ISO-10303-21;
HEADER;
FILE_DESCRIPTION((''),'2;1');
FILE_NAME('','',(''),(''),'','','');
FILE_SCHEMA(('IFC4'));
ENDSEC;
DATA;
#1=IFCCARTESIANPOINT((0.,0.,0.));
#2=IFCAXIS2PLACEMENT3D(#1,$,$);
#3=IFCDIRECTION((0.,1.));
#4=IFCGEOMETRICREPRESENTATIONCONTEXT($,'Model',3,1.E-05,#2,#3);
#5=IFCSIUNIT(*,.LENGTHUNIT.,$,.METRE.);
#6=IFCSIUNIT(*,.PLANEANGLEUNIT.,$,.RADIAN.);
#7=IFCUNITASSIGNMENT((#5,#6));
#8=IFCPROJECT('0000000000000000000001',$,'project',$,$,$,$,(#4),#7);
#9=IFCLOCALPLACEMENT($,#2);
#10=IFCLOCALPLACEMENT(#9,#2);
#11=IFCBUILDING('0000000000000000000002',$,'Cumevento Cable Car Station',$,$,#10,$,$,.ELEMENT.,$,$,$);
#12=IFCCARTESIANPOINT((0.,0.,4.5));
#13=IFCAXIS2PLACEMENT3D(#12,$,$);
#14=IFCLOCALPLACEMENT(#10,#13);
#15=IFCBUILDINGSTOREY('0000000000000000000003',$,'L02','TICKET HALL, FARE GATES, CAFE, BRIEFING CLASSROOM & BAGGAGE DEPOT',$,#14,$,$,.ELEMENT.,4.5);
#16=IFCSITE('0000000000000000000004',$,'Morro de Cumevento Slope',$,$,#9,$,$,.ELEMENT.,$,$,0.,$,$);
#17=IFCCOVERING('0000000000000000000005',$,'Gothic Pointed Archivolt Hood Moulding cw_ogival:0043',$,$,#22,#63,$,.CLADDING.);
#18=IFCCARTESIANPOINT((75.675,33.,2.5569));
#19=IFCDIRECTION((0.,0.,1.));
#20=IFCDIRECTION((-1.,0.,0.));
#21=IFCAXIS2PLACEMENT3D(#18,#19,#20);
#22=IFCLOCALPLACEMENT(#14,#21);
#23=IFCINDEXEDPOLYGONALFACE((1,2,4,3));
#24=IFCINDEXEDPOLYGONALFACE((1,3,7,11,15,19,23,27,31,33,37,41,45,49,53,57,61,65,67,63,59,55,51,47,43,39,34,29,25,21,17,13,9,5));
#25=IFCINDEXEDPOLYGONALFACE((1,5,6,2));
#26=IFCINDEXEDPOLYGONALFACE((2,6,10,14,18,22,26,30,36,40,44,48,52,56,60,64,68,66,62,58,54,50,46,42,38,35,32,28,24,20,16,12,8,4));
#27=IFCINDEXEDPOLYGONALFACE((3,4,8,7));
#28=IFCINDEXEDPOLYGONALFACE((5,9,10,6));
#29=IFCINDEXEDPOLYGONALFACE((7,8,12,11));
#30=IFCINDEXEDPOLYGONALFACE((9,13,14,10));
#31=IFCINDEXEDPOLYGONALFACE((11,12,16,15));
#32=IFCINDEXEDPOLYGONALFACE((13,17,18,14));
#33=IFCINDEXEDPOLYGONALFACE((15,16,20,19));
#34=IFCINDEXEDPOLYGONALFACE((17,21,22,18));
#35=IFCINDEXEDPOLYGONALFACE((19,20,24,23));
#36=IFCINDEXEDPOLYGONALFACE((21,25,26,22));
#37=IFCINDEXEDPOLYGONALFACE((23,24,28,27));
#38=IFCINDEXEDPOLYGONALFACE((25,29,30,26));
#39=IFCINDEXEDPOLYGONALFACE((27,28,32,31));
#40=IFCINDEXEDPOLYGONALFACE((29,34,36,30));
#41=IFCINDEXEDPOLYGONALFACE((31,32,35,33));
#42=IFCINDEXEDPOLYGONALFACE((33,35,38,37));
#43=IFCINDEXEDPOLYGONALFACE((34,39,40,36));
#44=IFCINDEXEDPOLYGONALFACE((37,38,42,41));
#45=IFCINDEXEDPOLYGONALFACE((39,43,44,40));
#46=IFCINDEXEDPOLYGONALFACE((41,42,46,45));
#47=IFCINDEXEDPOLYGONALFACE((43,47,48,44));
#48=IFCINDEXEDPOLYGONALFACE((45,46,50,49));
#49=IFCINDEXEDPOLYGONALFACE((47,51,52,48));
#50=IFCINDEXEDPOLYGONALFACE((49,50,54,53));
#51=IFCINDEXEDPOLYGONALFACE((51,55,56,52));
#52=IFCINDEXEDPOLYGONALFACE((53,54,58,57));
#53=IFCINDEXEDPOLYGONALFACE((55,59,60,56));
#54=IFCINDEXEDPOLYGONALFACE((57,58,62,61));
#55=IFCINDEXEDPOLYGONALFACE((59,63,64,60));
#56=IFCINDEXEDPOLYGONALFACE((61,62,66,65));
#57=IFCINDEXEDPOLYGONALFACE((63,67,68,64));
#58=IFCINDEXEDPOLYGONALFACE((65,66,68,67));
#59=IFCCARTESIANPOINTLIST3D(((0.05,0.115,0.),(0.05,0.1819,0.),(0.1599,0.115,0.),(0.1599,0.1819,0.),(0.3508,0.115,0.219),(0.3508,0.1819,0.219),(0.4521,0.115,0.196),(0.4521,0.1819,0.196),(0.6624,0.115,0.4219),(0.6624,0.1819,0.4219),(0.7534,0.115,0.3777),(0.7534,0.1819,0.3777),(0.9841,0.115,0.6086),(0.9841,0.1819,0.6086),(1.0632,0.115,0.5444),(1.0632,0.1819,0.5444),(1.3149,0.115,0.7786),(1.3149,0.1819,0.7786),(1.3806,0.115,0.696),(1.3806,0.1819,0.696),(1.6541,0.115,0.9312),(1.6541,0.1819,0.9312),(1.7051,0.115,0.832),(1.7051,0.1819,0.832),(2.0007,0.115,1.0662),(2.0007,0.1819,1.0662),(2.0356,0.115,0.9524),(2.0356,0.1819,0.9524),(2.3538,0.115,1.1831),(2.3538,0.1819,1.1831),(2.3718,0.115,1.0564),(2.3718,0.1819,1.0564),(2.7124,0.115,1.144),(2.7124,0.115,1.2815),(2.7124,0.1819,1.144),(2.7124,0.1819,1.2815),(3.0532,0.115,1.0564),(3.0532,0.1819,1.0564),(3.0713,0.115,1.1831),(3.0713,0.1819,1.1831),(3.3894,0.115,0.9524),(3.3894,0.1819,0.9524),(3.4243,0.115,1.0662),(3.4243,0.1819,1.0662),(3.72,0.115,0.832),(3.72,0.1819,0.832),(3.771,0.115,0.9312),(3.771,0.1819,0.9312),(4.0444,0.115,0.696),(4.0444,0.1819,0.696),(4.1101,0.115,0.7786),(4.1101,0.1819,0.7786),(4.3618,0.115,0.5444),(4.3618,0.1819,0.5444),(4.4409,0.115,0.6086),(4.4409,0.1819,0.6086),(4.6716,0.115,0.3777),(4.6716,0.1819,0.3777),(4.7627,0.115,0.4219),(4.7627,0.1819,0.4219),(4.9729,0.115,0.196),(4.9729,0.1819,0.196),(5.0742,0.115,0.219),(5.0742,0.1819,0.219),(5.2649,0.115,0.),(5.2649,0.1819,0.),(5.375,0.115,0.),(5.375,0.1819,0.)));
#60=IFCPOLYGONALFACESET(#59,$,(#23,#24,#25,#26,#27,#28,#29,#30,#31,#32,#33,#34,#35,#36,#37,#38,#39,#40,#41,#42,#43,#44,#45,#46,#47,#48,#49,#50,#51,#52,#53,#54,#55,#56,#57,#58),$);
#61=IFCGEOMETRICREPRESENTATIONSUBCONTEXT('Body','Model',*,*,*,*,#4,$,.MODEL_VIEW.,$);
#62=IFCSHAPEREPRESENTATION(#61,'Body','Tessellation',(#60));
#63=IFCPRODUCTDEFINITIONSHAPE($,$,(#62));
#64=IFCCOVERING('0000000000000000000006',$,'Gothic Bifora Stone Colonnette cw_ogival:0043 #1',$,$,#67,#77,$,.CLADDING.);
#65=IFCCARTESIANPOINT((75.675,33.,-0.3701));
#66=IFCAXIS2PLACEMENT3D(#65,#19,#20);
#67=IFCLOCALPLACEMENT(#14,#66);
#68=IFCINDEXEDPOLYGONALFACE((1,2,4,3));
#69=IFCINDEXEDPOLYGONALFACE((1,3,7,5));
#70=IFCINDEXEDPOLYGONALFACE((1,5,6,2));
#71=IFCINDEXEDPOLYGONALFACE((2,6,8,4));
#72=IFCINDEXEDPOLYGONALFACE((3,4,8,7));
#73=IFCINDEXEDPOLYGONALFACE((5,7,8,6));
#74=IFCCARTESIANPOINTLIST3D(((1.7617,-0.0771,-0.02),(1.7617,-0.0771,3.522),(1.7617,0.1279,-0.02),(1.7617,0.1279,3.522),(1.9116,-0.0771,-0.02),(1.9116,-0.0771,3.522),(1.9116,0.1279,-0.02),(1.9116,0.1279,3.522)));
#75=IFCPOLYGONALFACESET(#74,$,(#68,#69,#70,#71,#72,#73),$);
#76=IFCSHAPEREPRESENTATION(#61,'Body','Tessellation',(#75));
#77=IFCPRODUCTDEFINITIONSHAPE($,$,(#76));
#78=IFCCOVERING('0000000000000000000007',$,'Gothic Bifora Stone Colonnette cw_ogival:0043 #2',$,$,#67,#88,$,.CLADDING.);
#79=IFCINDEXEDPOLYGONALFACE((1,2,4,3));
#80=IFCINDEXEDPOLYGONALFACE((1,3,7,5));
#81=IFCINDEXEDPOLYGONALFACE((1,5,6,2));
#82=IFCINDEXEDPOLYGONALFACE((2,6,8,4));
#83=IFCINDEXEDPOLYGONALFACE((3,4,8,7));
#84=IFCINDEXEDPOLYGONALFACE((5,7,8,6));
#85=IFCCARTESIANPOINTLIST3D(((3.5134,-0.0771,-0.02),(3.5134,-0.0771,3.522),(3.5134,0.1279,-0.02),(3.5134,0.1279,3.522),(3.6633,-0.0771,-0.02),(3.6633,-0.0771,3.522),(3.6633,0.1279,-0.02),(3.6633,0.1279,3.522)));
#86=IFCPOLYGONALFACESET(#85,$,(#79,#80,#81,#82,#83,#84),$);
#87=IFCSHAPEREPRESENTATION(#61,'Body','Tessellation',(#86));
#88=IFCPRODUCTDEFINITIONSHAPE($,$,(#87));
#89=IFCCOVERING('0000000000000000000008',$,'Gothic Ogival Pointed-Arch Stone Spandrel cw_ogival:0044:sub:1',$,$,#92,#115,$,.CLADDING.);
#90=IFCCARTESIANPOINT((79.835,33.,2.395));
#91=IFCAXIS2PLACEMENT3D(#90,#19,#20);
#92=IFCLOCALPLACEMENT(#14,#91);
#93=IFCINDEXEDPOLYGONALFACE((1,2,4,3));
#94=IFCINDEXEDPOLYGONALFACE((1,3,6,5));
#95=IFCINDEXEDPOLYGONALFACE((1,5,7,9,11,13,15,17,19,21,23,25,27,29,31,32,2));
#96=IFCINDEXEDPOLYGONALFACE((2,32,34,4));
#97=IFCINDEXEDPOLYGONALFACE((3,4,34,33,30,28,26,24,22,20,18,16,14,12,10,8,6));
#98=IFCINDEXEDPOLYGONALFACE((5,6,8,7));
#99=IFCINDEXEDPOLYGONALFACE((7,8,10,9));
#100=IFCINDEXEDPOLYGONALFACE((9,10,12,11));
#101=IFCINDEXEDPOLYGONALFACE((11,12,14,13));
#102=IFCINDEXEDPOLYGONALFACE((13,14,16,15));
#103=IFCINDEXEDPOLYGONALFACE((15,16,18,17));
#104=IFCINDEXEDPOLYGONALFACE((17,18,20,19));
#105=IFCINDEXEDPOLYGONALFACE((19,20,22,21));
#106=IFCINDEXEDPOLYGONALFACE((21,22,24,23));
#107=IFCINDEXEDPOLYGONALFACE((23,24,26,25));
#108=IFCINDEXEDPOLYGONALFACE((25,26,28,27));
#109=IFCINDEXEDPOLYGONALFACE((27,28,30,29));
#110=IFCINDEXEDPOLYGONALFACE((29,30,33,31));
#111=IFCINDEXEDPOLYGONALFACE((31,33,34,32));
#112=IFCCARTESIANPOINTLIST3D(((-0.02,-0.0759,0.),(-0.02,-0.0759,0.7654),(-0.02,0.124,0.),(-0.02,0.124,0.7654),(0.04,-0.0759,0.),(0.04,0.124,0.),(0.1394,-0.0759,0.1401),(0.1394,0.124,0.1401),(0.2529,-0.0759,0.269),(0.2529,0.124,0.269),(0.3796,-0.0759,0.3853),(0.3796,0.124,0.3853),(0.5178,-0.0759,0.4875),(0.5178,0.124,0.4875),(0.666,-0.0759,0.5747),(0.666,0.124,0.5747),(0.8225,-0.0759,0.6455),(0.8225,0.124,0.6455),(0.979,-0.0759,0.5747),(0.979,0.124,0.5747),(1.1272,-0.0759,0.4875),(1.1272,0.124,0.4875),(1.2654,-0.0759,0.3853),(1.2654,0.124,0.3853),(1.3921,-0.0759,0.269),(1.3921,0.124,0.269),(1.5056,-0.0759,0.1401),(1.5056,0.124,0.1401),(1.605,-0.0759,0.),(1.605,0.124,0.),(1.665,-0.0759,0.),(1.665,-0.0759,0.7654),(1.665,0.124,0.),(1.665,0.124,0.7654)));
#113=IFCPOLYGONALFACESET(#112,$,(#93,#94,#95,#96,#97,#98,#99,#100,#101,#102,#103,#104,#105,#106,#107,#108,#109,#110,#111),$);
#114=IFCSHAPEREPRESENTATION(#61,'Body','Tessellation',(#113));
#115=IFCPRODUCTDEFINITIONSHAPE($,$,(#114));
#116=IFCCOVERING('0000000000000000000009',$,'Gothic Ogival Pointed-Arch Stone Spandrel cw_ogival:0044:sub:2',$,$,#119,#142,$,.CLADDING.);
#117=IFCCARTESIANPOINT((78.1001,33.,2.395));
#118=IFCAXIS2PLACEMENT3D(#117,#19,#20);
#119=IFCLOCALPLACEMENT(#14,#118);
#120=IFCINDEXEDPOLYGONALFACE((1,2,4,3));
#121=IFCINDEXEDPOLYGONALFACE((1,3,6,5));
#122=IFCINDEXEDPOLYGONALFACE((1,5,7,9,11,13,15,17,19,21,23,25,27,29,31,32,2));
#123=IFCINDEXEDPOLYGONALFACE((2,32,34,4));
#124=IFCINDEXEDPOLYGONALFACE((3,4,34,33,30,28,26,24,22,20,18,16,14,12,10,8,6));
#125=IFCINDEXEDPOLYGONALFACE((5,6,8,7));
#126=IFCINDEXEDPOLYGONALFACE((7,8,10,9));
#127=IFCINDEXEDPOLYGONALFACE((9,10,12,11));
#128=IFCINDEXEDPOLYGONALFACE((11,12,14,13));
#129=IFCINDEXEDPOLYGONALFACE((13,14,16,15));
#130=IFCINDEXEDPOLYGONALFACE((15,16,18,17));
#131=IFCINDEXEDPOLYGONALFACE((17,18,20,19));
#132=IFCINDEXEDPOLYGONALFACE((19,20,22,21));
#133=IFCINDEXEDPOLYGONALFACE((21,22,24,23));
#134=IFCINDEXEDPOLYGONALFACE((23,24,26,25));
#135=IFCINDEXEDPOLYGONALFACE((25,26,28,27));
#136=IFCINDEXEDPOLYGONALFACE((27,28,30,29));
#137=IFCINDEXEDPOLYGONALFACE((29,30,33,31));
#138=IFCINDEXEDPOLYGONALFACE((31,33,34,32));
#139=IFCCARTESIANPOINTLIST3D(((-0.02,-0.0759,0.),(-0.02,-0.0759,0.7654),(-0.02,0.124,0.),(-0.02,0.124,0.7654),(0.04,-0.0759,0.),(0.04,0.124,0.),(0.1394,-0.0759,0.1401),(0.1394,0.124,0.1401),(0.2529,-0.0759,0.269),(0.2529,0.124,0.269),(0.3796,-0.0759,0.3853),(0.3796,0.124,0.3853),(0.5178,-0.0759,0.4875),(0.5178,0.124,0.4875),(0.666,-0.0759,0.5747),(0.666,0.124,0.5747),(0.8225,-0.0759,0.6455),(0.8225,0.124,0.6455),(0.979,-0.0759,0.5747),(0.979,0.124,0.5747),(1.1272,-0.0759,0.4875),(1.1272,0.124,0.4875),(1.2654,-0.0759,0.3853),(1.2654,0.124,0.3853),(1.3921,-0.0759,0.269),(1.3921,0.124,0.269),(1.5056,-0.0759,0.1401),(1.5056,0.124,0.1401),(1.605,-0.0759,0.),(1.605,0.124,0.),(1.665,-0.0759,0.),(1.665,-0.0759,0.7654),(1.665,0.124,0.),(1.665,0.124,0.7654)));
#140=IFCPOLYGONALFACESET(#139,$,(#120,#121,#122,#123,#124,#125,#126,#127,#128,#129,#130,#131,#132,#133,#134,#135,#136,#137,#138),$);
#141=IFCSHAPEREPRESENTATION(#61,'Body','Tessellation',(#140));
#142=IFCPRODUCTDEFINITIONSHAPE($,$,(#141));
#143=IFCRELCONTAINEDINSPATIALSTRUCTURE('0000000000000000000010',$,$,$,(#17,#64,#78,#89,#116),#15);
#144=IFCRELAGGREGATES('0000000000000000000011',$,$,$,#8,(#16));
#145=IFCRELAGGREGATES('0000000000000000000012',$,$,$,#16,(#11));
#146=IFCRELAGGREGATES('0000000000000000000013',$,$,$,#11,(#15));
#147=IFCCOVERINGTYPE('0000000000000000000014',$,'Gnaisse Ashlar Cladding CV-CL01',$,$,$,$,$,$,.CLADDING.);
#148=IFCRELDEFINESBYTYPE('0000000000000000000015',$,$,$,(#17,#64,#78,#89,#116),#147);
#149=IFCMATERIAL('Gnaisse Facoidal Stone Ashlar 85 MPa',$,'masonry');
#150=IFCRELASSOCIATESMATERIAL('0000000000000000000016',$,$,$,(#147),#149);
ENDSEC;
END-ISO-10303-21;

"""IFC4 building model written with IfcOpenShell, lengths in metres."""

from ifc_helpers import new_model, si_unit, direction, frame, origin, place, context, subcontext, project, spatial, polyline, outline, extrude, material, type_object, element, save


model = new_model("IFC4")

# Units and contexts
model_context = context("Model", 3, precision=1e-05, world=origin(), true_north=direction((0.0, 1.0)))
body_context = subcontext(model_context, "Body", "Model", "MODEL_VIEW")
ifc_project = project(units=[si_unit("LENGTHUNIT", "METRE"), si_unit("PLANEANGLEUNIT", "RADIAN")], contexts=[model_context])

# Site, building, storey
site_placement = place(None, origin())
site = spatial("IfcSite", under=ifc_project, at=site_placement, Name="Morro de Cumevento Slope", CompositionType="ELEMENT", RefElevation=0.0)
building_placement = place(site_placement, origin())
building = spatial("IfcBuilding", under=site, at=building_placement, Name="Cumevento Cable Car Station", CompositionType="ELEMENT")
storey_placement = place(building_placement, frame((0.0, 0.0, 4.5)))
storey = spatial("IfcBuildingStorey", under=building, at=storey_placement, Name="L02", Description="TICKET HALL, FARE GATES, CAFE, BRIEFING CLASSROOM & BAGGAGE DEPOT", CompositionType="ELEMENT", Elevation=4.5)

# Coverings
ifc_material_1 = material(Name="Gnaisse Facoidal Stone Ashlar 85 MPa", Category="masonry")
covering_type = type_object("IfcCoveringType", Name="Gnaisse Ashlar Cladding CV-CL01", PredefinedType="CLADDING", material=ifc_material_1)
covering_1_placement = place(storey_placement, frame((75.675, 33.0, 2.5569), z_axis=(0.0, 0.0, 1.0), x_axis=(-1.0, 0.0, 0.0)))
element("IfcCovering", 1, at=covering_1_placement, inside=storey, type_object=covering_type, Name="Gothic Pointed Archivolt Hood Moulding cw_ogival:0043", PredefinedType="CLADDING", context=body_context, shape_type="SweptSolid", body=[
    extrude(outline(polyline([(0.1599, 0.0), (0.4521, 0.196), (0.7534, 0.3777), (1.0632, 0.5444), (1.3806, 0.696), (1.7051, 0.832), (2.0356, 0.9524), (2.3718, 1.0564), (2.7124, 1.144), (3.0532, 1.0564), (3.3894, 0.9524), (3.72, 0.832), (4.0444, 0.696), (4.3618, 0.5444), (4.6716, 0.3777), (4.9729, 0.196), (5.2649, 0.0), (5.375, 0.0), (5.0742, 0.219), (4.7627, 0.4219), (4.4409, 0.6086), (4.1101, 0.7786), (3.771, 0.9312), (3.4243, 1.0662), (3.0713, 1.1831), (2.7124, 1.2815), (2.3538, 1.1831), (2.0007, 1.0662), (1.6541, 0.9312), (1.3149, 0.7786), (0.9841, 0.6086), (0.6624, 0.4219), (0.3508, 0.219), (0.05, 0.0), (0.1599, 0.0)])), frame((0.0, 0.1819, 0.0), z_axis=(0.0, -1.0, 0.0), x_axis=(1.0, 0.0, 0.0)), (0.0, 0.0, 1.0), 0.0669),
])
placement = place(storey_placement, frame((75.675, 33.0, -0.3701), z_axis=(0.0, 0.0, 1.0), x_axis=(-1.0, 0.0, 0.0)))
element("IfcCovering", 2, at=placement, inside=storey, type_object=covering_type, Name="Gothic Bifora Stone Colonnette cw_ogival:0043 #1", PredefinedType="CLADDING", context=body_context, shape_type="SweptSolid", body=[
    extrude(outline(polyline([(1.7617, -0.02), (1.9116, -0.02), (1.9116, 3.522), (1.7617, 3.522), (1.7617, -0.02)])), frame((0.0, 0.1279, 0.0), z_axis=(0.0, -1.0, 0.0), x_axis=(1.0, 0.0, 0.0)), (0.0, 0.0, 1.0), 0.2051),
])
element("IfcCovering", 3, at=placement, inside=storey, type_object=covering_type, Name="Gothic Bifora Stone Colonnette cw_ogival:0043 #2", PredefinedType="CLADDING", context=body_context, shape_type="SweptSolid", body=[
    extrude(outline(polyline([(3.5134, -0.02), (3.6633, -0.02), (3.6633, 3.522), (3.5134, 3.522), (3.5134, -0.02)])), frame((0.0, 0.1279, 0.0), z_axis=(0.0, -1.0, 0.0), x_axis=(1.0, 0.0, 0.0)), (0.0, 0.0, 1.0), 0.2051),
])
for number, where, z_axis, x_axis, name in (
    (4, (79.835, 33.0, 2.395), (0.0, 0.0, 1.0), (-1.0, 0.0, 0.0), "Gothic Ogival Pointed-Arch Stone Spandrel cw_ogival:0044:sub:1"),
    (5, (78.1001, 33.0, 2.395), (0.0, 0.0, 1.0), (-1.0, 0.0, 0.0), "Gothic Ogival Pointed-Arch Stone Spandrel cw_ogival:0044:sub:2"),
):
    element("IfcCovering", number, at=place(storey_placement, frame(where, z_axis=z_axis, x_axis=x_axis)), inside=storey, type_object=covering_type, Name=name, PredefinedType="CLADDING", context=body_context, shape_type="SweptSolid", body=[
        extrude(outline(polyline([(-0.02, 0.0), (-0.02, 0.7654), (1.665, 0.7654), (1.665, 0.0), (1.605, 0.0), (1.5056, 0.1401), (1.3921, 0.269), (1.2654, 0.3853), (1.1272, 0.4875), (0.979, 0.5747), (0.8225, 0.6455), (0.666, 0.5747), (0.5178, 0.4875), (0.3796, 0.3853), (0.2529, 0.269), (0.1394, 0.1401), (0.04, 0.0), (-0.02, 0.0)])), frame((0.0, 0.124, 0.0), z_axis=(0.0, -1.0, 0.0), x_axis=(1.0, 0.0, 0.0)), (0.0, 0.0, 1.0), 0.2),
    ])

save(model, "model.ifc")
